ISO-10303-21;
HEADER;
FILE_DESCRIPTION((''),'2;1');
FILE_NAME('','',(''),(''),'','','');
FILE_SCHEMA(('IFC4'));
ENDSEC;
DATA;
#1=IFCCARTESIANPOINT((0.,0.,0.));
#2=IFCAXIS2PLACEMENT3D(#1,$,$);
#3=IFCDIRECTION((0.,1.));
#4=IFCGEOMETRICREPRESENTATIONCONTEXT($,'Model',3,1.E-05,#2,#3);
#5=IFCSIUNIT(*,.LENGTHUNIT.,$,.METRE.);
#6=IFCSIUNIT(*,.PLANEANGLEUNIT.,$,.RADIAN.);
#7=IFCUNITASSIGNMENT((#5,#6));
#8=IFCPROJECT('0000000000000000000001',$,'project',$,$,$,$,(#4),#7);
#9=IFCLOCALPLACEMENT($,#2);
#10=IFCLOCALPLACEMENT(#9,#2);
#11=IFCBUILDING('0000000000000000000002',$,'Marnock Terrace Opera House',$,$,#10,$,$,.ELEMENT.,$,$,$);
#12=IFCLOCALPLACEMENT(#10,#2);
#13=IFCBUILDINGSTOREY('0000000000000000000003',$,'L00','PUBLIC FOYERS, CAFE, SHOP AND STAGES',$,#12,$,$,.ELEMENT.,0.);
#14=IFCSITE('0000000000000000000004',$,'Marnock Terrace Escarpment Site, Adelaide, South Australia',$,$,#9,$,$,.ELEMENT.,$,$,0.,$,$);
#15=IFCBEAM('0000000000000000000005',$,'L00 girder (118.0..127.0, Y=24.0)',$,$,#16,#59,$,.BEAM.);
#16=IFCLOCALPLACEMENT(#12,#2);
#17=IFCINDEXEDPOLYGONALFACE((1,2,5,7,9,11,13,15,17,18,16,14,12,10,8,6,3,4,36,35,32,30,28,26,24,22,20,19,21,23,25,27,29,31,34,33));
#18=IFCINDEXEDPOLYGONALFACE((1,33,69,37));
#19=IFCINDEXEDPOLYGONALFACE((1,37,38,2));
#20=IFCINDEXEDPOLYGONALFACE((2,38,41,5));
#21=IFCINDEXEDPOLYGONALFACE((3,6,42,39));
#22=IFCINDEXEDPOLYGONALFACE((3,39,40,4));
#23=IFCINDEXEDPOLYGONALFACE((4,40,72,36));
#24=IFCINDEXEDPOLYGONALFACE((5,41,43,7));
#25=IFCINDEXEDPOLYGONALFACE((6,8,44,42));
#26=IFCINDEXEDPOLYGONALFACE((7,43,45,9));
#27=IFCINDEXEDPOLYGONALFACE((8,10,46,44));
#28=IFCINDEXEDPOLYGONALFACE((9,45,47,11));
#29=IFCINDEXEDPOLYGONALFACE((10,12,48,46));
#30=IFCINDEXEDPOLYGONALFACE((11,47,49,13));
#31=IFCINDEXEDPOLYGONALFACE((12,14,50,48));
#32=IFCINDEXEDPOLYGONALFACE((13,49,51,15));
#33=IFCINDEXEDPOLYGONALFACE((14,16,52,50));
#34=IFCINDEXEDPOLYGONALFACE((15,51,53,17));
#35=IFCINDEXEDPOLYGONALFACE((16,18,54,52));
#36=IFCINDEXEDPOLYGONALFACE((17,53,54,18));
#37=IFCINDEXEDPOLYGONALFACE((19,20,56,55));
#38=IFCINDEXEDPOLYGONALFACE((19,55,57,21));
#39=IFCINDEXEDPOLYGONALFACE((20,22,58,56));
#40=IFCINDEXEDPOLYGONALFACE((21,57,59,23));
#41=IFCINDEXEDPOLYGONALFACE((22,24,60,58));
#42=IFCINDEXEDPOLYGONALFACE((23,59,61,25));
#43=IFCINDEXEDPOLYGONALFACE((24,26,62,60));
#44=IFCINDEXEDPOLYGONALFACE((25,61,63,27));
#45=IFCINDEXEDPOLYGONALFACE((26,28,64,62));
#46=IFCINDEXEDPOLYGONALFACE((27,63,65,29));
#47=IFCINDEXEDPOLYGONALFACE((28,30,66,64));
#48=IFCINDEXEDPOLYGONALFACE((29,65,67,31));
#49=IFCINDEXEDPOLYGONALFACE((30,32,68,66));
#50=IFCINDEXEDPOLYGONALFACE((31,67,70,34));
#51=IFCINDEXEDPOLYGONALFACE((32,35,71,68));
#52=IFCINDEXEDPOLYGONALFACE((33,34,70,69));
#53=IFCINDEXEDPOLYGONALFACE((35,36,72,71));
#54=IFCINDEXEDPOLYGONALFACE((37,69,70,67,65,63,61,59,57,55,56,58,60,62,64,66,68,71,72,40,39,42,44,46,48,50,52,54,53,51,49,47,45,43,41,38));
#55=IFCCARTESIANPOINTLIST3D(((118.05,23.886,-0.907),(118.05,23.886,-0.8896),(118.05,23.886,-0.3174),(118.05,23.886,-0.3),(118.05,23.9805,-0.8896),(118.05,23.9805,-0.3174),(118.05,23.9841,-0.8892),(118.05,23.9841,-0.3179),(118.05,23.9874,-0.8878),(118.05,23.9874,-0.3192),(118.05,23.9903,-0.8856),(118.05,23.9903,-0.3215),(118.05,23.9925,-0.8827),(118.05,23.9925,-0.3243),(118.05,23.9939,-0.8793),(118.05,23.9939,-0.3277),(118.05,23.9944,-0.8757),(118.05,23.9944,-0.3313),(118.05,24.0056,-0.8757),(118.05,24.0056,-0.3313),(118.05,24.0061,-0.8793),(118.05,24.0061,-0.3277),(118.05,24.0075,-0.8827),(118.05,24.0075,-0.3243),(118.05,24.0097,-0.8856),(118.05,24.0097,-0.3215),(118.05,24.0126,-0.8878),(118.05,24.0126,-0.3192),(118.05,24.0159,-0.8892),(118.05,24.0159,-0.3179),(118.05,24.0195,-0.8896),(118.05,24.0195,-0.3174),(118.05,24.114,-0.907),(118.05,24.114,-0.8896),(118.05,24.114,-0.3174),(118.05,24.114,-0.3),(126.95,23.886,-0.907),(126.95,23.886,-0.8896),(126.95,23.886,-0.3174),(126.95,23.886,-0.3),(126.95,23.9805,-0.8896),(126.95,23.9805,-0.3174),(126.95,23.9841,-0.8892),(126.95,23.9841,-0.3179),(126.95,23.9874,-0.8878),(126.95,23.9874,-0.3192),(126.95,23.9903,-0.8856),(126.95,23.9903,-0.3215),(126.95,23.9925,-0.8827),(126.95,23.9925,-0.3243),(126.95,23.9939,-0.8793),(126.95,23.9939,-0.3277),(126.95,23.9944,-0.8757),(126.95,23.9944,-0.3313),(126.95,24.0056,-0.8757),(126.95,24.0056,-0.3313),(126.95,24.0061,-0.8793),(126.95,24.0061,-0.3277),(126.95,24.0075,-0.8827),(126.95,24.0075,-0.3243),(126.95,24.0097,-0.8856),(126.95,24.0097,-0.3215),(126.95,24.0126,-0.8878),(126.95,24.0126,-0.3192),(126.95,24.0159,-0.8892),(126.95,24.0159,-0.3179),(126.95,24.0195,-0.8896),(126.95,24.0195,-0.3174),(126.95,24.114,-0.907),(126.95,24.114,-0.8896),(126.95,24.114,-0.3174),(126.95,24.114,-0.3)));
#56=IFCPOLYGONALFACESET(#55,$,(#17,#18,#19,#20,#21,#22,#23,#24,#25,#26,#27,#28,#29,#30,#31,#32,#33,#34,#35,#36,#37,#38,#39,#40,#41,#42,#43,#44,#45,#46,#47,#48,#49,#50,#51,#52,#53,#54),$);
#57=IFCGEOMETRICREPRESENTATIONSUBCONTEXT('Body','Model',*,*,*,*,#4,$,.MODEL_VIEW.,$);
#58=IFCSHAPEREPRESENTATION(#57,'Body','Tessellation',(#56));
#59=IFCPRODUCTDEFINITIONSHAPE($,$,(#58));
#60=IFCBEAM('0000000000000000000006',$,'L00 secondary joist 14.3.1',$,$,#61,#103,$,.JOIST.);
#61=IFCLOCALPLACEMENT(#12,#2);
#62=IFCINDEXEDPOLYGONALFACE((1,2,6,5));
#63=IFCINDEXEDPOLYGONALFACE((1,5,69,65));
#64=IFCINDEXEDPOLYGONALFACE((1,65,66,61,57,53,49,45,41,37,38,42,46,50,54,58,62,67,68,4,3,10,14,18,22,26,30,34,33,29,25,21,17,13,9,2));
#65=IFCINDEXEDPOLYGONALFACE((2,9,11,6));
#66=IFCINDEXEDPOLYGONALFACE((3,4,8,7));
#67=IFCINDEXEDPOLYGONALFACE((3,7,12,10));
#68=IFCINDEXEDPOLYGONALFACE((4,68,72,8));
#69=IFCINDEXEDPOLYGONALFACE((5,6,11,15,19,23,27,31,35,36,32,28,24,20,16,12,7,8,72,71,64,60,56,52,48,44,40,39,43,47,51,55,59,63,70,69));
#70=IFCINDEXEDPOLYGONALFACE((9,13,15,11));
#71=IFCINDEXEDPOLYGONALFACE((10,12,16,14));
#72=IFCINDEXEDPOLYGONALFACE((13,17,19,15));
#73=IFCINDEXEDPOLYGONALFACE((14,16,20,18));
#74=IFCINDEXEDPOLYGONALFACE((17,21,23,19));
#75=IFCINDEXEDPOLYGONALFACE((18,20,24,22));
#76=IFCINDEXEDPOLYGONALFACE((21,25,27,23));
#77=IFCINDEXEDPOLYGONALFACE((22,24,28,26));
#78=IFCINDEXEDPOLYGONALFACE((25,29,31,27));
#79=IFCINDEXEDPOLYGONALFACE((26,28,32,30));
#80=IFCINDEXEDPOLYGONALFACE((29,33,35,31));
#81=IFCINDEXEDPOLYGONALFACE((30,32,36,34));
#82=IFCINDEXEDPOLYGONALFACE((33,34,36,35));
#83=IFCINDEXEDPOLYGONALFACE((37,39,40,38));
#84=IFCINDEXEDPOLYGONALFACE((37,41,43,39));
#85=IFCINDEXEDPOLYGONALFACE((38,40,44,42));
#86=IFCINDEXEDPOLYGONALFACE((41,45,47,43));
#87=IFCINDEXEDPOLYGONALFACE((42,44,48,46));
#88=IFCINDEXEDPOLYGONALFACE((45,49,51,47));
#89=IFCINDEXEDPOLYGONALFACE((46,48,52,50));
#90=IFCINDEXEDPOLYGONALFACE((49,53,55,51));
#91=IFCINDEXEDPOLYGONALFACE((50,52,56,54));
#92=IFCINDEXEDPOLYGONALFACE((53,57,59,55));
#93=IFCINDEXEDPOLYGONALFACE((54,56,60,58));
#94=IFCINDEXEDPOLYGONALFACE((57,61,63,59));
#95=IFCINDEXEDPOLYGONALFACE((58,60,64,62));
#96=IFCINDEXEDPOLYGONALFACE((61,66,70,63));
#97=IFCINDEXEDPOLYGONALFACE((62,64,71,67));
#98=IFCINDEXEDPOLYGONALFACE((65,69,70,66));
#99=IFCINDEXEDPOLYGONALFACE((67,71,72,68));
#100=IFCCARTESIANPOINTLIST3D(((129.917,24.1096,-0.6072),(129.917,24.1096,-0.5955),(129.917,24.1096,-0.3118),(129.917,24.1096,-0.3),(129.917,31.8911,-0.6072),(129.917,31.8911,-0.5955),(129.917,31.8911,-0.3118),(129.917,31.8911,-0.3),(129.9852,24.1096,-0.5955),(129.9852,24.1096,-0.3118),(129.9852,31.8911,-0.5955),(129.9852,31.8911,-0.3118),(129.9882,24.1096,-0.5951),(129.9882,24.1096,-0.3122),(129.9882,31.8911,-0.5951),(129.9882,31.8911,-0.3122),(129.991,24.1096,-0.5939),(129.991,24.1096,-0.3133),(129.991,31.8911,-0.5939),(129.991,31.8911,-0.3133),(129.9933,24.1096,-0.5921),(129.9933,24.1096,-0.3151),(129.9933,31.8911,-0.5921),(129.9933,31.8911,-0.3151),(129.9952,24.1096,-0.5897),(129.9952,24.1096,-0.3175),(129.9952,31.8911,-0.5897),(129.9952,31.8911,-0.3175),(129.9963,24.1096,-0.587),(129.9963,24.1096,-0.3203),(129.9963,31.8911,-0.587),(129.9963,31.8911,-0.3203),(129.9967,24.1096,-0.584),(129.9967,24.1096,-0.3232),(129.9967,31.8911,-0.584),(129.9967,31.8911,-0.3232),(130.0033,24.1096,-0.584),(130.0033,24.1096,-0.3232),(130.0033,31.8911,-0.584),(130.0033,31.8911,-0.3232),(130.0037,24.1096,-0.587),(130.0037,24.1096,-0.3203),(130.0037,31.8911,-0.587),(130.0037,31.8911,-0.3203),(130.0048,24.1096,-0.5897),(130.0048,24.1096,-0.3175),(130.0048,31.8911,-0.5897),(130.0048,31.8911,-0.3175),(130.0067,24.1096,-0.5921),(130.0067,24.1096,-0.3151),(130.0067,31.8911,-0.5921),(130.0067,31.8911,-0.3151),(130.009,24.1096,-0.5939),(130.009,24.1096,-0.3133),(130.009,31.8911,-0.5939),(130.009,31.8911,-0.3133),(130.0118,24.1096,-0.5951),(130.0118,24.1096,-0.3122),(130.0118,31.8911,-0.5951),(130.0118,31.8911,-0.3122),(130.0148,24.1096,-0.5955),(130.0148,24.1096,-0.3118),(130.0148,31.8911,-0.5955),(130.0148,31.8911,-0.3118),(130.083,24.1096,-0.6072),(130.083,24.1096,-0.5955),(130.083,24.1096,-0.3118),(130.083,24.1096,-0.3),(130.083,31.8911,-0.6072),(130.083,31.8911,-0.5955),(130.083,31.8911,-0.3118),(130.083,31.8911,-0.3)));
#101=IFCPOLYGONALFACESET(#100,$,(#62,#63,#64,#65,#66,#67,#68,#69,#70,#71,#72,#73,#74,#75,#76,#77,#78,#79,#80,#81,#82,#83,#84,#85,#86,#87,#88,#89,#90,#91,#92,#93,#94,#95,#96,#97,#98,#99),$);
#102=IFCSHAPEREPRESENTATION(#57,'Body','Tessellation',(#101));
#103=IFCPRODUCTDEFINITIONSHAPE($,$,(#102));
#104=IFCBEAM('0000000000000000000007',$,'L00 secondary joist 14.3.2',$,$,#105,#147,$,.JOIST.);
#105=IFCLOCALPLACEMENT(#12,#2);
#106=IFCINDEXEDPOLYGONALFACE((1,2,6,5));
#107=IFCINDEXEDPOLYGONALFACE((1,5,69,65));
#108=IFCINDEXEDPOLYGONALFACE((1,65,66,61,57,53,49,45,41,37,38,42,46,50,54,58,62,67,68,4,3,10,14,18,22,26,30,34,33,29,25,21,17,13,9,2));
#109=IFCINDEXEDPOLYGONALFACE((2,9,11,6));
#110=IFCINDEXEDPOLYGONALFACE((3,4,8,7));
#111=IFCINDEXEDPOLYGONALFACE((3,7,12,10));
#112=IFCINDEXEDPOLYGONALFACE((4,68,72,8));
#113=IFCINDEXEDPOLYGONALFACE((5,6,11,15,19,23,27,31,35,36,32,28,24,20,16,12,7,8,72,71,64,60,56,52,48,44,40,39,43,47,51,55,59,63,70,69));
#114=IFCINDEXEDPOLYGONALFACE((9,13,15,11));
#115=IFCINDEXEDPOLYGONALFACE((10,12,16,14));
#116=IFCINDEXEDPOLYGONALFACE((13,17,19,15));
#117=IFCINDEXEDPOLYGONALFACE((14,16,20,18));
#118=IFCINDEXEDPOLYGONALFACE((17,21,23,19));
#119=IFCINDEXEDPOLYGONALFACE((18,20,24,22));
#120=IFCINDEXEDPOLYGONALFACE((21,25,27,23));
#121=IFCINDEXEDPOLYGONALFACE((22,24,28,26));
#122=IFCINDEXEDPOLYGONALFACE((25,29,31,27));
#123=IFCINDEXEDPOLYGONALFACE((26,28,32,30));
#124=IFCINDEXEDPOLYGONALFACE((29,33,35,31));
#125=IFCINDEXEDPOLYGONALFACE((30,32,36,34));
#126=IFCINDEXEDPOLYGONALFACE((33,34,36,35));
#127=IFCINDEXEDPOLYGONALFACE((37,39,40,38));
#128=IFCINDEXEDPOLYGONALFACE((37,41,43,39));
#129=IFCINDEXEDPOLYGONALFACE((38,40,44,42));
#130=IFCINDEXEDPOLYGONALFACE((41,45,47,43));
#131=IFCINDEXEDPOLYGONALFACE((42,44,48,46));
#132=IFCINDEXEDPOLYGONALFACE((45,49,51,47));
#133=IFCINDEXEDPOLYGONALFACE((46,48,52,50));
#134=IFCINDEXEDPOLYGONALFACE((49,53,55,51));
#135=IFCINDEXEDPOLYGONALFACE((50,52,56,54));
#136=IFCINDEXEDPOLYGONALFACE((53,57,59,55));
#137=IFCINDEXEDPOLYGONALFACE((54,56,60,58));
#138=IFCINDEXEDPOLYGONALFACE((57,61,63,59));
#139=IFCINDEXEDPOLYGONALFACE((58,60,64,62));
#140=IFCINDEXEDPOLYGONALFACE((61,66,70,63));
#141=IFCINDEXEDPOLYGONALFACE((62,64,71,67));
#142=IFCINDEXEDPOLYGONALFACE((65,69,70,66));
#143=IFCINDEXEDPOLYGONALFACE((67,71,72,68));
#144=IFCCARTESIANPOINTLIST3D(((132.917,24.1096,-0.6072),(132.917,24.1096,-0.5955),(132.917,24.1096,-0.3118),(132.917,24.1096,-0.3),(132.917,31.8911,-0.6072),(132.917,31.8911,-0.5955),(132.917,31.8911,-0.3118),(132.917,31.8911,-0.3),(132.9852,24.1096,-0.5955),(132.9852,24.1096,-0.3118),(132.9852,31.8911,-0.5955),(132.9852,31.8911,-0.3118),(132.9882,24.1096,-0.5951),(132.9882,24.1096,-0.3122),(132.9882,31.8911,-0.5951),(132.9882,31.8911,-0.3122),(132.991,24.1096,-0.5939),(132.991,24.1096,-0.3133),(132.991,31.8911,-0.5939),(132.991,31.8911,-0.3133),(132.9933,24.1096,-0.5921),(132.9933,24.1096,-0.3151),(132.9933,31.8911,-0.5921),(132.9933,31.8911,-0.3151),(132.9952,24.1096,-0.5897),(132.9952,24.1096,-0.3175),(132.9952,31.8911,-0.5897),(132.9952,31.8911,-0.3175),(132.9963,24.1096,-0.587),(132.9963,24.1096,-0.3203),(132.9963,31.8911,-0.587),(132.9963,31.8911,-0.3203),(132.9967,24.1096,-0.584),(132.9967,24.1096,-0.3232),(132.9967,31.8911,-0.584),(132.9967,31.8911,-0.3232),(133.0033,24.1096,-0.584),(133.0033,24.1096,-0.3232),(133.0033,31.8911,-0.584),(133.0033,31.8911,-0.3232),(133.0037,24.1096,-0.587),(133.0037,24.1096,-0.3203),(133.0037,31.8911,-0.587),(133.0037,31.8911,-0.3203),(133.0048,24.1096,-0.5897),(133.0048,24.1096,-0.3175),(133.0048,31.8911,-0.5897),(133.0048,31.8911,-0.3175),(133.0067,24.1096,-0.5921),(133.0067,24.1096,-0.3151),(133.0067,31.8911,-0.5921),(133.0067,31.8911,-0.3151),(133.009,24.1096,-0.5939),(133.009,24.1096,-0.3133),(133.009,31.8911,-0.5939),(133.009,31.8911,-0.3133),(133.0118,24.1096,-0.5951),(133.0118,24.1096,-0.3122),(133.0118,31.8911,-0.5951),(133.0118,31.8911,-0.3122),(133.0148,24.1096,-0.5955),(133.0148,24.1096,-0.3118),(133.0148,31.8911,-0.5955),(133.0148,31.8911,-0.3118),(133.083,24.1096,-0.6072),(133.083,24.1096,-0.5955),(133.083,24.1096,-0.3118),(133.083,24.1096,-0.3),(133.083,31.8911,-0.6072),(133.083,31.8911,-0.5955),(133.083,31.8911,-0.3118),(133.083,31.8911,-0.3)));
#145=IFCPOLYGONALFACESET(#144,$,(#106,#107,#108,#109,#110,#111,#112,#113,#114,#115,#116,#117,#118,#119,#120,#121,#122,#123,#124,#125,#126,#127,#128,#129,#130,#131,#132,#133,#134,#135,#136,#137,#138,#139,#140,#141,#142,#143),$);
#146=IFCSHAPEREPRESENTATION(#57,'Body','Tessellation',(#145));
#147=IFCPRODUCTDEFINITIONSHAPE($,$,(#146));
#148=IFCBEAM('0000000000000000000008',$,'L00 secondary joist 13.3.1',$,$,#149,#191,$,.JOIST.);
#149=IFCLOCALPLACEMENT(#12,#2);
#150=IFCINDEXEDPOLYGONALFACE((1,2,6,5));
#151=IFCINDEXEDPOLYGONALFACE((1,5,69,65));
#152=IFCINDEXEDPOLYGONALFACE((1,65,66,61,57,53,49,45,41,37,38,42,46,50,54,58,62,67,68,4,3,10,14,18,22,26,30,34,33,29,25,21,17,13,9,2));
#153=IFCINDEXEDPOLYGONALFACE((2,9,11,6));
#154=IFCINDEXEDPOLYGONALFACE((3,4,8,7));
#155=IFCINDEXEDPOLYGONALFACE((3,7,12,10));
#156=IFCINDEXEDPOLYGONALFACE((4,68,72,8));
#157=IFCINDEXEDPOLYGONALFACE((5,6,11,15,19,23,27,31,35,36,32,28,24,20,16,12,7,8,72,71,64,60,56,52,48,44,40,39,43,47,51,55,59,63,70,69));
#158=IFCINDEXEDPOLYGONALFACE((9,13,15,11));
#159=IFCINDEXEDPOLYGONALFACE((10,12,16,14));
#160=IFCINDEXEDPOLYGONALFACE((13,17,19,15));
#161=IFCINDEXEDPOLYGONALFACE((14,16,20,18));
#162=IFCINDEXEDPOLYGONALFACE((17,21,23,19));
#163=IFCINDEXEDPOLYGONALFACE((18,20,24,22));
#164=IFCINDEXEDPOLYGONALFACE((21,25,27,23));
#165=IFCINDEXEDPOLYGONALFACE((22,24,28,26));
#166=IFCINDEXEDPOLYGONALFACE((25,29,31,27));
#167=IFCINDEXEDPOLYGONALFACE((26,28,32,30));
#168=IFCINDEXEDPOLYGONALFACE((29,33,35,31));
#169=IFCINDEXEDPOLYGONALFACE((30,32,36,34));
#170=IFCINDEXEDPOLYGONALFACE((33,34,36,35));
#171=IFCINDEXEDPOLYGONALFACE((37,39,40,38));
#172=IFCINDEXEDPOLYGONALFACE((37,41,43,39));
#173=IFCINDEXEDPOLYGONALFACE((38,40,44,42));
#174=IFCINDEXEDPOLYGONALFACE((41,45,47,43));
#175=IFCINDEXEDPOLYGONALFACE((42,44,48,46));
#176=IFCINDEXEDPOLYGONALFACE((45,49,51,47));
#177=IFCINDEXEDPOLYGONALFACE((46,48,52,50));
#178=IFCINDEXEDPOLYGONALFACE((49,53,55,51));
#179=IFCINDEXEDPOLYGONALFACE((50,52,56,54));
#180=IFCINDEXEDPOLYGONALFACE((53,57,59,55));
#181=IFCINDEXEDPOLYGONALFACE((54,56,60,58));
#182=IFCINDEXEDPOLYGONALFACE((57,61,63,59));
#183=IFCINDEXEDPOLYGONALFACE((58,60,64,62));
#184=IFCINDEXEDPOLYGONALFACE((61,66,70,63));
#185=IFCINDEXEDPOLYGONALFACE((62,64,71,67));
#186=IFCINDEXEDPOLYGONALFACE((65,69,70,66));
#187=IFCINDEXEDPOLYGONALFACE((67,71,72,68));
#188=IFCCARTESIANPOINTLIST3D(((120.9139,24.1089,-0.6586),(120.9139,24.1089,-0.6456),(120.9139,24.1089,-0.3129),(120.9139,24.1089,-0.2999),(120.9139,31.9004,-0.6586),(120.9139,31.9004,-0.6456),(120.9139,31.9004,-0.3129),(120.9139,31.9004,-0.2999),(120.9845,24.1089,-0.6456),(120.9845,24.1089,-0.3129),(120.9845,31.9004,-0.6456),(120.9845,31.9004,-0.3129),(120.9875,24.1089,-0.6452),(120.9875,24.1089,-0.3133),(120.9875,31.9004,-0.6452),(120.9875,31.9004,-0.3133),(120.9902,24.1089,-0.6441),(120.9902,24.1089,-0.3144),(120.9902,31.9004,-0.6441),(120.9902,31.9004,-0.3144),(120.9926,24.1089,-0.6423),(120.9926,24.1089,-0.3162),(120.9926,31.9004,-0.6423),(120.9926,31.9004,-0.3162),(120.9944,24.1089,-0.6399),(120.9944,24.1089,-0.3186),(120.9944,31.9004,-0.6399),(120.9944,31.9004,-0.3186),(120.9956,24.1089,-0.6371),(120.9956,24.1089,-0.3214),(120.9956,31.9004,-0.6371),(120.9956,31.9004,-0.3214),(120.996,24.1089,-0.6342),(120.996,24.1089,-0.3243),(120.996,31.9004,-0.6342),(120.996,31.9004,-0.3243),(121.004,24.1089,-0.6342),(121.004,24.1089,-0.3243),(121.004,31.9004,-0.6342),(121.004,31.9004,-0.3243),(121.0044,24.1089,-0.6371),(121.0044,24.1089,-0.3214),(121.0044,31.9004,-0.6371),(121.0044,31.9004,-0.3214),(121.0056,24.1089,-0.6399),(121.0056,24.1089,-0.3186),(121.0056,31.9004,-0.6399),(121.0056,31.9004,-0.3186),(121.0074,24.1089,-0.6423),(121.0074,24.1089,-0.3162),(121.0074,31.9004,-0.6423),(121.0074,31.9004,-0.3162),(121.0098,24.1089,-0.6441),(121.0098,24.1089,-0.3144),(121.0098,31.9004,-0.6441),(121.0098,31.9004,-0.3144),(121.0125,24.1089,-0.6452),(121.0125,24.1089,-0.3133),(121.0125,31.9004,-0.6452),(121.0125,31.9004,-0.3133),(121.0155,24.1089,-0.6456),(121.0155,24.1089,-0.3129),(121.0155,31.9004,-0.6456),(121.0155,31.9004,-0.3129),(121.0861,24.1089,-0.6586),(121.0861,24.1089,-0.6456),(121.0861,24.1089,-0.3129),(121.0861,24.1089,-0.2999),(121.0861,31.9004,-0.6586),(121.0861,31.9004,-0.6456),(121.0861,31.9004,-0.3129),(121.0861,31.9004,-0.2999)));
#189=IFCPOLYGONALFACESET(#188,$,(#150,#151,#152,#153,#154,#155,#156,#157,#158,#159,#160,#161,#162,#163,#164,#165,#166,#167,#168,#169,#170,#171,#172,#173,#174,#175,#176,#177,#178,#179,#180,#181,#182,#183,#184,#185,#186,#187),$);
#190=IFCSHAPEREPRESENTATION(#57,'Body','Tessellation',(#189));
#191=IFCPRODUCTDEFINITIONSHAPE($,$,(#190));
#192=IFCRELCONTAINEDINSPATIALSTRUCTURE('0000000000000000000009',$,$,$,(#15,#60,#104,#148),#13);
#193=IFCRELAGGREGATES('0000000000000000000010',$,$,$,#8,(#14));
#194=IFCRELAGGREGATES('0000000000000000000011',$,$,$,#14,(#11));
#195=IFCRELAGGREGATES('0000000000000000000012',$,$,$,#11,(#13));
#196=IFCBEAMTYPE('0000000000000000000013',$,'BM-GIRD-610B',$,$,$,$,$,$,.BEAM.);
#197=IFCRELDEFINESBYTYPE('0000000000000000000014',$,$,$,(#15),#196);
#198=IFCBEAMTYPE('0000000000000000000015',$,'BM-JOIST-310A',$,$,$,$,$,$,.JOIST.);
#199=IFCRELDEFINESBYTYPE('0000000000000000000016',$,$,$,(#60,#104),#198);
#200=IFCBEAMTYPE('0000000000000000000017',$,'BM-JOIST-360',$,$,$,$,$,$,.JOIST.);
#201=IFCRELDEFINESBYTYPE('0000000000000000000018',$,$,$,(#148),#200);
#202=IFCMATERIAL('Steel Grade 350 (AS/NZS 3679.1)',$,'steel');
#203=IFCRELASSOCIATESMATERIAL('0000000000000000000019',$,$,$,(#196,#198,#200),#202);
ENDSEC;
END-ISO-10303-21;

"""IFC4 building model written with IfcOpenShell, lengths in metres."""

from ifc_helpers import new_model, si_unit, direction, frame, origin, origin_2d, place, context, subcontext, project, spatial, i_section, extrude, material, material_profile, profile_set, type_object, element, save


model = new_model("IFC4")

# Units and contexts
model_context = context("Model", 3, precision=1e-05, world=origin(), true_north=direction((0.0, 1.0)))
body_context = subcontext(model_context, "Body", "Model", "MODEL_VIEW")
ifc_project = project(units=[si_unit("LENGTHUNIT", "METRE"), si_unit("PLANEANGLEUNIT", "RADIAN")], contexts=[model_context])

# Site, building, storey
site_placement = place(None, origin())
site = spatial("IfcSite", under=ifc_project, at=site_placement, Name="Marnock Terrace Escarpment Site, Adelaide, South Australia", CompositionType="ELEMENT", RefElevation=0.0)
building_placement = place(site_placement, origin())
building = spatial("IfcBuilding", under=site, at=building_placement, Name="Marnock Terrace Opera House", CompositionType="ELEMENT")
storey_placement = place(building_placement, origin())
storey = spatial("IfcBuildingStorey", under=building, at=storey_placement, Name="L00", Description="PUBLIC FOYERS, CAFE, SHOP AND STAGES", CompositionType="ELEMENT", Elevation=0.0)

# Beams
ifc_material_1 = material(Name="Steel Grade 350 (AS/NZS 3679.1)", Category="steel")
ifc_material_profile_1 = material_profile(ifc_material_1, i_section(OverallWidth=0.228, OverallDepth=0.6069, WebThickness=0.0112, FlangeThickness=0.0173, FilletRadius=0.0139, at=origin_2d()))
ifc_profile_set_1 = profile_set([ifc_material_profile_1], Name="Steel Grade 350 (AS/NZS 3679.1)")
beam_type_1 = type_object("IfcBeamType", Name="BM-GIRD-610B", PredefinedType="BEAM", material=ifc_profile_set_1)
beam_1_placement = place(storey_placement, frame((118.05, 24.0, -0.6035), z_axis=(1.0, 0.0, 0.0), x_axis=(0.0, 1.0, 0.0)))
element("IfcBeam", 1, at=beam_1_placement, inside=storey, type_object=beam_type_1, Name="L00 girder (118.0..127.0, Y=24.0)", PredefinedType="BEAM", context=body_context, shape_type="SweptSolid", body=[
    extrude(i_section(OverallWidth=0.228, OverallDepth=0.6069, WebThickness=0.0112, FlangeThickness=0.0173, FilletRadius=0.0139, at=origin_2d()), origin(), (0.0, 0.0, 1.0), 8.8999),
])
ifc_material_profile_2 = material_profile(ifc_material_1, i_section(OverallWidth=0.166, OverallDepth=0.3071, WebThickness=0.0066, FlangeThickness=0.0117, FilletRadius=0.0115, at=origin_2d()))
ifc_profile_set_2 = profile_set([ifc_material_profile_2], Name="Steel Grade 350 (AS/NZS 3679.1)")
beam_type_2 = type_object("IfcBeamType", Name="BM-JOIST-310A", PredefinedType="JOIST", material=ifc_profile_set_2)
for number, where, z_axis, x_axis, name in (
    (2, (130.0, 24.1096, -0.4536), (0.0, 1.0, 0.0), (-1.0, 0.0, 0.0), "L00 secondary joist 14.3.1"),
    (3, (133.0, 24.1096, -0.4536), (0.0, 1.0, 0.0), (-1.0, 0.0, 0.0), "L00 secondary joist 14.3.2"),
):
    element("IfcBeam", number, at=place(storey_placement, frame(where, z_axis=z_axis, x_axis=x_axis)), inside=storey, type_object=beam_type_2, Name=name, PredefinedType="JOIST", context=body_context, shape_type="SweptSolid", body=[
        extrude(i_section(OverallWidth=0.166, OverallDepth=0.3071, WebThickness=0.0066, FlangeThickness=0.0117, FilletRadius=0.0115, at=origin_2d()), origin(), (0.0, 0.0, 1.0), 7.7815),
    ])
ifc_material_profile_3 = material_profile(ifc_material_1, i_section(OverallWidth=0.1721, OverallDepth=0.3586, WebThickness=0.0081, FlangeThickness=0.0129, FilletRadius=0.0115, at=origin_2d()))
ifc_profile_set_3 = profile_set([ifc_material_profile_3], Name="Steel Grade 350 (AS/NZS 3679.1)")
beam_type_3 = type_object("IfcBeamType", Name="BM-JOIST-360", PredefinedType="JOIST", material=ifc_profile_set_3)
for number, where, z_axis, x_axis, name in (
    (4, (121.0, 24.1089, -0.4792), (0.0, 1.0, 0.0), (-1.0, 0.0, 0.0), "L00 secondary joist 13.3.1"),
):
    element("IfcBeam", number, at=place(storey_placement, frame(where, z_axis=z_axis, x_axis=x_axis)), inside=storey, type_object=beam_type_3, Name=name, PredefinedType="JOIST", context=body_context, shape_type="SweptSolid", body=[
        extrude(i_section(OverallWidth=0.1721, OverallDepth=0.3586, WebThickness=0.0081, FlangeThickness=0.0129, FilletRadius=0.0115, at=origin_2d()), origin(), (0.0, 0.0, 1.0), 7.7915),
    ])

save(model, "model.ifc")
